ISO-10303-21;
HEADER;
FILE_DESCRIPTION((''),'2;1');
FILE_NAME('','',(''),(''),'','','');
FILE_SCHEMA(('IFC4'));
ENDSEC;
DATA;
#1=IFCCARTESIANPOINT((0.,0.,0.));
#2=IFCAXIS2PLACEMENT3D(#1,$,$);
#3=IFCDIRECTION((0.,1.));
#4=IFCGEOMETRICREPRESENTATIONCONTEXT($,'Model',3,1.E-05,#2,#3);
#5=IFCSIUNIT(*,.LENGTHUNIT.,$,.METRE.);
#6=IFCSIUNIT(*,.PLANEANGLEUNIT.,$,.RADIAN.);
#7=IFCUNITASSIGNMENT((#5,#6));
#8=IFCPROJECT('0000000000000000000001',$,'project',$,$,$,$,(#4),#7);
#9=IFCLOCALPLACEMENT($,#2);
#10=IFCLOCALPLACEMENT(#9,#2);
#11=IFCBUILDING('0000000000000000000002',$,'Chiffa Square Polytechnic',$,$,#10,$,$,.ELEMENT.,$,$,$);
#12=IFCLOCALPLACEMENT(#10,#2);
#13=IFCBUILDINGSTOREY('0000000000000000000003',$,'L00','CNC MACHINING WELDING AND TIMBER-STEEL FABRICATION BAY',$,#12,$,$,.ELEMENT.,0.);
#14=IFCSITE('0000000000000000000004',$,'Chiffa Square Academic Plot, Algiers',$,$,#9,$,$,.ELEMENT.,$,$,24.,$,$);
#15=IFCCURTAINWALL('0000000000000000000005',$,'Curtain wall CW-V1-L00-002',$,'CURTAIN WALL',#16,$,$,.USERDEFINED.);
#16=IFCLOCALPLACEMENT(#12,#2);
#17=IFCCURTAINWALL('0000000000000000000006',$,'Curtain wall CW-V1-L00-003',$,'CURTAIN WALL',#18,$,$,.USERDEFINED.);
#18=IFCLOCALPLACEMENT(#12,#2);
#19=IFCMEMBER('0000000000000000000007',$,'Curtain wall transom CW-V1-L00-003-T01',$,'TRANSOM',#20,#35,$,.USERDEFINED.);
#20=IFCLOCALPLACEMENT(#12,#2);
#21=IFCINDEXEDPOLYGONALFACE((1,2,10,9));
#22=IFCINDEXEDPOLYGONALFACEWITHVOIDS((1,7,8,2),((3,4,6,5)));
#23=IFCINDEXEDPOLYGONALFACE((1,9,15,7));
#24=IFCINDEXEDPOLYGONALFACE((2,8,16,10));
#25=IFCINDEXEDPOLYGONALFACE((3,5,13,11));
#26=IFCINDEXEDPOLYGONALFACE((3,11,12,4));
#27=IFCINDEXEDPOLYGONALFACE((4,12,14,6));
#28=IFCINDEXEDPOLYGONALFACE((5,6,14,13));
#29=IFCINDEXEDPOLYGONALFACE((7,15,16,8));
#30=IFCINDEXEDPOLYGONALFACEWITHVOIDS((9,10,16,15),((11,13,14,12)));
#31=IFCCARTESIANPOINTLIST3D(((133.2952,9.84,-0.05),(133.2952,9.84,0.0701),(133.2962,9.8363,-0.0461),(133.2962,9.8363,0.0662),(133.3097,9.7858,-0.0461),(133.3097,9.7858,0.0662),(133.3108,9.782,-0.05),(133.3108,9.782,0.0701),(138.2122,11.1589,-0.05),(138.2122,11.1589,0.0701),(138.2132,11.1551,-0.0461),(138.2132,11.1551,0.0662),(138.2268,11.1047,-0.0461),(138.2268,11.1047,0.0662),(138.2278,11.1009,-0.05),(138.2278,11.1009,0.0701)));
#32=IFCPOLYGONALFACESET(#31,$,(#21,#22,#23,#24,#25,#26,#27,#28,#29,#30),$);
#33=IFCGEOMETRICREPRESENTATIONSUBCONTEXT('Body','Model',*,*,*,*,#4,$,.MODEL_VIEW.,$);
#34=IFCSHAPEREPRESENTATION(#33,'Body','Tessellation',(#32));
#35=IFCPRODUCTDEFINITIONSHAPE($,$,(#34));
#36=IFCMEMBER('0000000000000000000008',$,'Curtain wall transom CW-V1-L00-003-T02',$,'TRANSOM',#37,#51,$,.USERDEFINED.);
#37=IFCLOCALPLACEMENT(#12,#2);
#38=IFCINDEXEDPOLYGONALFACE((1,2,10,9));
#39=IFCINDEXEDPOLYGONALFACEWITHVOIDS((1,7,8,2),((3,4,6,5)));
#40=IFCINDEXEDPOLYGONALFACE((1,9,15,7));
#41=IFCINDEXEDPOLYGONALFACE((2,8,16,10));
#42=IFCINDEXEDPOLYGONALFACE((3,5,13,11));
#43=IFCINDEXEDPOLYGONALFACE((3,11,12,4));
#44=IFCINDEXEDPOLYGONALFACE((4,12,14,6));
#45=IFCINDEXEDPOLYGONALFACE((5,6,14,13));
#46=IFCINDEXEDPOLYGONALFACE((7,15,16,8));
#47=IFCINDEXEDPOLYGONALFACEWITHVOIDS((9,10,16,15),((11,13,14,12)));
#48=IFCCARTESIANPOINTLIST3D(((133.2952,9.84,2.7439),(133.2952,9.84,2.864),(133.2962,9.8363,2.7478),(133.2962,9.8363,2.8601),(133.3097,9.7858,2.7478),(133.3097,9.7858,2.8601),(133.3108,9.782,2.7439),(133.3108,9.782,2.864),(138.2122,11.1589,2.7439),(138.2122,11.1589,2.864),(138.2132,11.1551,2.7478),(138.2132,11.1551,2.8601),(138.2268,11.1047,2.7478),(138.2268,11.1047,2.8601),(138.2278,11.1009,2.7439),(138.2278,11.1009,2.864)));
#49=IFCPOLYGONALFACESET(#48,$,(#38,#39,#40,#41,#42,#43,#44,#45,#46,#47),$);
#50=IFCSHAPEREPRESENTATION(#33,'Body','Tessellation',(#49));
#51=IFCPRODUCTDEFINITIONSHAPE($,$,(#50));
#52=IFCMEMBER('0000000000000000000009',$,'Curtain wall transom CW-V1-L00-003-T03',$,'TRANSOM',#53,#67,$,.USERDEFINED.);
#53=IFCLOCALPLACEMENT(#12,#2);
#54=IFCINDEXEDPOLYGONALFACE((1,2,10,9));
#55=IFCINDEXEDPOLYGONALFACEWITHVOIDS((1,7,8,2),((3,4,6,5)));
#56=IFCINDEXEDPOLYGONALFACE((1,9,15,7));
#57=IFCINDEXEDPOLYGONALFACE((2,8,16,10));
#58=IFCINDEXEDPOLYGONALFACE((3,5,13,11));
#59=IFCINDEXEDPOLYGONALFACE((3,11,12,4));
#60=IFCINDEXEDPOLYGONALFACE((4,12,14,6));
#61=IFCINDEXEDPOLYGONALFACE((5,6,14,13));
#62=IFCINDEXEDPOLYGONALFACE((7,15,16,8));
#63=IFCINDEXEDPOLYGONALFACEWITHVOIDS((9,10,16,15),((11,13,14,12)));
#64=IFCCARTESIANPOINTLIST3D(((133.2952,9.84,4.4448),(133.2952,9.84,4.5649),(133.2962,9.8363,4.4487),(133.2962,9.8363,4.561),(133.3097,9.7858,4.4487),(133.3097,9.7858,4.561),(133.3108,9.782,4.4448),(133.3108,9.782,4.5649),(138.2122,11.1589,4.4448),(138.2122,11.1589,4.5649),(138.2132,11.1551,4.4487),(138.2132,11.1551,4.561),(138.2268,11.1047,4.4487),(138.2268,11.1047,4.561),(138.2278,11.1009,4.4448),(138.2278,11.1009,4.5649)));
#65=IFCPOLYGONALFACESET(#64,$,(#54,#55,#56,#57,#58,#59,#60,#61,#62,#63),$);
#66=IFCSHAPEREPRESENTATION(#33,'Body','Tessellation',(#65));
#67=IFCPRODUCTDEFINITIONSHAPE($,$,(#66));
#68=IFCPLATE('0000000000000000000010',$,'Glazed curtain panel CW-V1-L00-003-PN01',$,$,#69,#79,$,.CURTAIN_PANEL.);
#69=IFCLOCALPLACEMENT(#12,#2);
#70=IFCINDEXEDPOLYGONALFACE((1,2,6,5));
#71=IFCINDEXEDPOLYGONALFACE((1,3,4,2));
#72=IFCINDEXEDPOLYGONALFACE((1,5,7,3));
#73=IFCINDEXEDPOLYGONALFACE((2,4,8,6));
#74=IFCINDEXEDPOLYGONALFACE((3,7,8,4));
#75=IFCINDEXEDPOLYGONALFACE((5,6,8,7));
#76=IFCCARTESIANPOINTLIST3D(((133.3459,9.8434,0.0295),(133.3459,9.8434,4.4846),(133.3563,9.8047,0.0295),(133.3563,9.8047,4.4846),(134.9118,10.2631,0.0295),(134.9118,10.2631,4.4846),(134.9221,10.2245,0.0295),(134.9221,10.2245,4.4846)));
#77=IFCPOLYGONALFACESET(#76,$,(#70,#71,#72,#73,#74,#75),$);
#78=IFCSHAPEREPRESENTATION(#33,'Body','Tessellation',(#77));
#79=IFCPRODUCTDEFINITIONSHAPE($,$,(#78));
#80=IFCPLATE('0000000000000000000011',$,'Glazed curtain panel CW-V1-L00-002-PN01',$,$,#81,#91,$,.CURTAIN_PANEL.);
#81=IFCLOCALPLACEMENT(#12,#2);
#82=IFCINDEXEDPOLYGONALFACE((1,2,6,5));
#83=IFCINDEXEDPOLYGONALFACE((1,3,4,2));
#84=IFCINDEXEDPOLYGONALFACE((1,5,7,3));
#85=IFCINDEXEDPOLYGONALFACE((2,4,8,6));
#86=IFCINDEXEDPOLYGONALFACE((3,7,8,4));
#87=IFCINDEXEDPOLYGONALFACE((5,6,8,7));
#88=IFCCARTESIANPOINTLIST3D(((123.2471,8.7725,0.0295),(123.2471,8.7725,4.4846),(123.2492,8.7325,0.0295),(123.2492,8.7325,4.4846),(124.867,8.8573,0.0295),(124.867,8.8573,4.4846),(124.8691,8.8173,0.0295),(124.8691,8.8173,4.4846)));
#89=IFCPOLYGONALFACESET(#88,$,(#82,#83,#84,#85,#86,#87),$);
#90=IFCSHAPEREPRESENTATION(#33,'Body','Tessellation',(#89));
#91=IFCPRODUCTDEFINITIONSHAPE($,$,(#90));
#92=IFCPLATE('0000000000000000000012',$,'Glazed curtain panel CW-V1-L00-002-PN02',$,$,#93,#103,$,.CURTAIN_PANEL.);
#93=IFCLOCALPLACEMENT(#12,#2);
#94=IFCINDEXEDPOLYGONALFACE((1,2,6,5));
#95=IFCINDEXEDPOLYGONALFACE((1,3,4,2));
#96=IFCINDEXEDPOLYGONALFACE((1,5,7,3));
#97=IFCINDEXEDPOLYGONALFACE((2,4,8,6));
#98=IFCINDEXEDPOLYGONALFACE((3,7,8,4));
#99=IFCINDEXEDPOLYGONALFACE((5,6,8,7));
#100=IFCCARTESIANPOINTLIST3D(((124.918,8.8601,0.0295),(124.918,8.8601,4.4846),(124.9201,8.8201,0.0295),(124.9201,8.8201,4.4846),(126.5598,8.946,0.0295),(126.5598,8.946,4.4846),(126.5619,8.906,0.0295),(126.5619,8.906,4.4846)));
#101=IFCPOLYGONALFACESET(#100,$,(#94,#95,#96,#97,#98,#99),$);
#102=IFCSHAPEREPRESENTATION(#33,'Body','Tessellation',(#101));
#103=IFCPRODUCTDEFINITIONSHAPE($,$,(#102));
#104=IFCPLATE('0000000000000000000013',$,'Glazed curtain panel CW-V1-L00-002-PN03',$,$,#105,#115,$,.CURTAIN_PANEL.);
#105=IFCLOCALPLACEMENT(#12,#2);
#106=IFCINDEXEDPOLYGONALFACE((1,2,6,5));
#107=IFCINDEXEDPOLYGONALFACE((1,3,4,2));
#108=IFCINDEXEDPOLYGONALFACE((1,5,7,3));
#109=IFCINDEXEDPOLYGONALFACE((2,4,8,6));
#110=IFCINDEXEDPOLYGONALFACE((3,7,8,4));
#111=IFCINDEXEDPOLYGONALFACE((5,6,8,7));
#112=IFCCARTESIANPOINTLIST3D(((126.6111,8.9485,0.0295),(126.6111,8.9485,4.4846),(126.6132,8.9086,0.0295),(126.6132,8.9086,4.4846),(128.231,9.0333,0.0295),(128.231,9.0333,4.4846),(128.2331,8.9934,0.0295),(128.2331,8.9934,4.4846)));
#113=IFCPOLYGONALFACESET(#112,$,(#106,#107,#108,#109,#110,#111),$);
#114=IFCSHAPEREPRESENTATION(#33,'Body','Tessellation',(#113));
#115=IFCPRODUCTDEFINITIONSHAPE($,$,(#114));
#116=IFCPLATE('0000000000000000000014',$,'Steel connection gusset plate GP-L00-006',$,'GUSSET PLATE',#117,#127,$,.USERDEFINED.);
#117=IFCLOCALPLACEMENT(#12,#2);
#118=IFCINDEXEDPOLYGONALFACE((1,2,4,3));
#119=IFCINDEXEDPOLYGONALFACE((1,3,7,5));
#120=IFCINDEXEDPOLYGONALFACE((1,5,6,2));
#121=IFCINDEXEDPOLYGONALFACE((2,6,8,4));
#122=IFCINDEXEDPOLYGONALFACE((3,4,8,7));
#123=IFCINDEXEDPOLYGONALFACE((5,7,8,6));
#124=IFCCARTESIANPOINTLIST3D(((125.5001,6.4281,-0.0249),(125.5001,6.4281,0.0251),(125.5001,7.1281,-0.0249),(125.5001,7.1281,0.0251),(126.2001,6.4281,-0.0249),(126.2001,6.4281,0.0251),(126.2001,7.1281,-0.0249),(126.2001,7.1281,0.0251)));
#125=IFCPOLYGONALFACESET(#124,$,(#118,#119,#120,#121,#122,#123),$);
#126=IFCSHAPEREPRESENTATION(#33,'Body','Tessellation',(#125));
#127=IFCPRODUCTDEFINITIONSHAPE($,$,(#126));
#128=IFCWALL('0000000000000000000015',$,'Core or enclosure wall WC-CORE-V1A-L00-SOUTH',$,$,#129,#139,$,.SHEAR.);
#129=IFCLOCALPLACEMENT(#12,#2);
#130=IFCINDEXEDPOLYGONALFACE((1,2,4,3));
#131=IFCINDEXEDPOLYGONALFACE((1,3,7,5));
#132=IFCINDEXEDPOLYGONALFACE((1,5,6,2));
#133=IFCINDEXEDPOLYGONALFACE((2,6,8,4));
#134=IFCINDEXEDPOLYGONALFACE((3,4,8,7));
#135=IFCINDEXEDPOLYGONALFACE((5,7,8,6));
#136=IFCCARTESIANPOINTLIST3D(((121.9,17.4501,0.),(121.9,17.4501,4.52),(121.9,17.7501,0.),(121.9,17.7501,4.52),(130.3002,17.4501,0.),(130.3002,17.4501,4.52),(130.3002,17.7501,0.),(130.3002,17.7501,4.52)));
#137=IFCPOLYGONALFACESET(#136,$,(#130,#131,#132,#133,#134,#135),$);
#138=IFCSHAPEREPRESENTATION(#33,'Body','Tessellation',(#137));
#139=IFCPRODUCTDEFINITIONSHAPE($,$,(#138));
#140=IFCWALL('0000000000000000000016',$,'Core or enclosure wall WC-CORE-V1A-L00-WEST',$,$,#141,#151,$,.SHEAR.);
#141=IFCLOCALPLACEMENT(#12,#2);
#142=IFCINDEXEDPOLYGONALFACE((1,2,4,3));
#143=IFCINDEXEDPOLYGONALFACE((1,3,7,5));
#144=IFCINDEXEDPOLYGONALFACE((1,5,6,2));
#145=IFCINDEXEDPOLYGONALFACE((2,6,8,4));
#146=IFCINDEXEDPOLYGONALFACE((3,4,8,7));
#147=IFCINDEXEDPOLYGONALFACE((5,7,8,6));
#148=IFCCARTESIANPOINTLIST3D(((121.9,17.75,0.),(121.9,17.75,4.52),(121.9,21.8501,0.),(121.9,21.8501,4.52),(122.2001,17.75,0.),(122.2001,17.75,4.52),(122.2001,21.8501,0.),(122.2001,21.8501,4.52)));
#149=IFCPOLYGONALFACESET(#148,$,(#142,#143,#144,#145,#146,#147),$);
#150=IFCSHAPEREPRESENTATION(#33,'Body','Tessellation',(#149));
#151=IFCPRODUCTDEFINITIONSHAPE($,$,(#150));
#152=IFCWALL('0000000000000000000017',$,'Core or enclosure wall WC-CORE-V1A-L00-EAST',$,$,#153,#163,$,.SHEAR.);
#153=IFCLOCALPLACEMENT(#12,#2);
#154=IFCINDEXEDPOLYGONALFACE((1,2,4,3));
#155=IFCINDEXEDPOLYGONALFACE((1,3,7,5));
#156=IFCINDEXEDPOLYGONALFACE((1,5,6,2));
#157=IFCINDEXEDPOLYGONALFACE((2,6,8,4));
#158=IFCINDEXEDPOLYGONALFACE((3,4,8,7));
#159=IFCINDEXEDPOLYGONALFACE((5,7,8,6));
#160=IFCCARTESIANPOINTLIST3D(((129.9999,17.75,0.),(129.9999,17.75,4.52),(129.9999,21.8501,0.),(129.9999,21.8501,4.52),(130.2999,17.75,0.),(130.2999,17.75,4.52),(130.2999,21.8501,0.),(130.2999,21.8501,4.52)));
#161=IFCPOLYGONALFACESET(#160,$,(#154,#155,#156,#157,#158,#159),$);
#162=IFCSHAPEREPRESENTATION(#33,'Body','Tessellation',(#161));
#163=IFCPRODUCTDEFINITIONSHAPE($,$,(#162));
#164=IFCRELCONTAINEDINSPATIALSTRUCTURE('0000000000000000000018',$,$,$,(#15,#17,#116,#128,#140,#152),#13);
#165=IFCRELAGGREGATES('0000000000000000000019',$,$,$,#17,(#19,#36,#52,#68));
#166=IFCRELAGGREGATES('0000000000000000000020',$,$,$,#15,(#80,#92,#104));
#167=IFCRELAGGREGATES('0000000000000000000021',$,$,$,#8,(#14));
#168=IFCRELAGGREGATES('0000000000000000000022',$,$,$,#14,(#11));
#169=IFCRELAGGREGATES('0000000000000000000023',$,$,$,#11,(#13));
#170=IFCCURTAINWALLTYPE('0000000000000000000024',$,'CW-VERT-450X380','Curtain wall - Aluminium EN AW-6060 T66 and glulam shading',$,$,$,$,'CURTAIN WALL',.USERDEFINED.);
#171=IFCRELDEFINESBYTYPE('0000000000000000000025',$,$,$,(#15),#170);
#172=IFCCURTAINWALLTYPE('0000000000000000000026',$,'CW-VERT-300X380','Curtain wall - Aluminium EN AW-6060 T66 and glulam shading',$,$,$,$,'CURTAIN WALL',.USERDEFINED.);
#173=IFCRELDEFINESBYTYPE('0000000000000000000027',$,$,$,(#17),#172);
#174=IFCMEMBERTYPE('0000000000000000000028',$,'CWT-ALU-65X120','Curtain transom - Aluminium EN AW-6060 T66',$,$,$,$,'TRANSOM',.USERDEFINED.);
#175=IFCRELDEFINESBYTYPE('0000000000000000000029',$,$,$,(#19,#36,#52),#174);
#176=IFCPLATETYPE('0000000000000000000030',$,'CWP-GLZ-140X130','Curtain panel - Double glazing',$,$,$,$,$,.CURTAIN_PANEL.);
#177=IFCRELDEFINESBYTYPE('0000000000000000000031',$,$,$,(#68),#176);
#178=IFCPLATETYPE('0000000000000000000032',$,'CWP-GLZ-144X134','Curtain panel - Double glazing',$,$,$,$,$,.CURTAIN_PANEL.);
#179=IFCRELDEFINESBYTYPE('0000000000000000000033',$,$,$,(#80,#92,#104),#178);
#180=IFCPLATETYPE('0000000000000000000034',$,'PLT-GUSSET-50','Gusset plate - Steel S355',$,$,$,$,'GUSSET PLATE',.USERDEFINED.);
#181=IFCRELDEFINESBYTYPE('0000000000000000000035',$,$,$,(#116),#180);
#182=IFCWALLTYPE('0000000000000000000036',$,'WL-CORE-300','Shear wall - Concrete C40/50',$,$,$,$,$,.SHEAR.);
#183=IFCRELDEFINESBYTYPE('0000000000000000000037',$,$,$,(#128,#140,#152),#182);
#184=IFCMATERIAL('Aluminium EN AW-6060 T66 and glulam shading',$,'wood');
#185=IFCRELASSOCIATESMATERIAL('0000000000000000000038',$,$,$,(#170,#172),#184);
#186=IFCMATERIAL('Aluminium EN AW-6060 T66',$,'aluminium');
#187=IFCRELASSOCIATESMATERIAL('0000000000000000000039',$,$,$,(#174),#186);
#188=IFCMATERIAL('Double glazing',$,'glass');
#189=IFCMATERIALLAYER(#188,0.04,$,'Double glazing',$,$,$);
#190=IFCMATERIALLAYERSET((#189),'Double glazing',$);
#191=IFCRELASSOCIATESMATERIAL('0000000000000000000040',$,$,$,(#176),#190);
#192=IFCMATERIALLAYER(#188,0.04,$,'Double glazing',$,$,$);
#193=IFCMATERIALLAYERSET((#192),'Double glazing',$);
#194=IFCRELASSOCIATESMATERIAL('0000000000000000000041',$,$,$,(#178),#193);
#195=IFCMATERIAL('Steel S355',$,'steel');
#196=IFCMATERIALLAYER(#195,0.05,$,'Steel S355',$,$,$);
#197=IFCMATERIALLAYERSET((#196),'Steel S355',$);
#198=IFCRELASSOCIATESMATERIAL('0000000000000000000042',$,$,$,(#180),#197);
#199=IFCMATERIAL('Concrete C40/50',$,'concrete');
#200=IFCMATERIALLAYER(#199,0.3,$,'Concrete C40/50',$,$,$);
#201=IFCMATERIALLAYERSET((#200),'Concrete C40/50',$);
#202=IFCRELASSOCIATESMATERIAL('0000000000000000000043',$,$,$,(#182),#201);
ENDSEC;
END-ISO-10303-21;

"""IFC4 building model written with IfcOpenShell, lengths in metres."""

from ifc_helpers import new_model, si_unit, direction, frame, frame_2d, origin, origin_2d, place, context, subcontext, project, spatial, rectangle, hollow_rectangle, extrude, material, layer, layer_set, material_profile, profile_set, type_object, element, aggregate, save


model = new_model("IFC4")

# Units and contexts
model_context = context("Model", 3, precision=1e-05, world=origin(), true_north=direction((0.0, 1.0)))
body_context = subcontext(model_context, "Body", "Model", "MODEL_VIEW")
ifc_project = project(units=[si_unit("LENGTHUNIT", "METRE"), si_unit("PLANEANGLEUNIT", "RADIAN")], contexts=[model_context])

# Site, building, storey
site_placement = place(None, origin())
site = spatial("IfcSite", under=ifc_project, at=site_placement, Name="Chiffa Square Academic Plot, Algiers", CompositionType="ELEMENT", RefElevation=24.0)
building_placement = place(site_placement, origin())
building = spatial("IfcBuilding", under=site, at=building_placement, Name="Chiffa Square Polytechnic", CompositionType="ELEMENT")
storey_placement = place(building_placement, origin())
storey = spatial("IfcBuildingStorey", under=building, at=storey_placement, Name="L00", Description="CNC MACHINING WELDING AND TIMBER-STEEL FABRICATION BAY", CompositionType="ELEMENT", Elevation=0.0)

# Shared definitions
ifc_material_1 = material(Name="Concrete C40/50", Category="concrete")

# Shared definitions
ifc_material_2 = material(Name="Steel S355", Category="steel")

# Curtain walls
ifc_material_3 = material(Name="Aluminium EN AW-6060 T66 and glulam shading", Category="wood")
curtain_wall_type_1 = type_object("IfcCurtainWallType", Name="CW-VERT-450X380", Description="Curtain wall - Aluminium EN AW-6060 T66 and glulam shading", ElementType="CURTAIN WALL", PredefinedType="USERDEFINED", material=ifc_material_3)
curtain_wall_1_placement = place(storey_placement, origin())
curtain_wall_1 = element("IfcCurtainWall", 1, at=curtain_wall_1_placement, inside=storey, type_object=curtain_wall_type_1, Name="Curtain wall CW-V1-L00-002", ObjectType="CURTAIN WALL", PredefinedType="USERDEFINED")
ifc_material_4 = material(Name="Aluminium EN AW-6060 T66", Category="aluminium")
curtain_wall_type_2 = type_object("IfcCurtainWallType", Name="CW-VERT-300X380", Description="Curtain wall - Aluminium EN AW-6060 T66 and glulam shading", ElementType="CURTAIN WALL", PredefinedType="USERDEFINED", material=ifc_material_3)
curtain_wall_2_placement = place(storey_placement, origin())
curtain_wall_2 = element("IfcCurtainWall", 2, at=curtain_wall_2_placement, inside=storey, type_object=curtain_wall_type_2, Name="Curtain wall CW-V1-L00-003", ObjectType="CURTAIN WALL", PredefinedType="USERDEFINED")

# Members
ifc_material_profile_1 = material_profile(ifc_material_4, hollow_rectangle(XDim=0.0601, YDim=0.1201, WallThickness=0.0039, at=origin_2d()), Name="ALU 60x120x4")
ifc_profile_set_1 = profile_set([ifc_material_profile_1], Name="Aluminium EN AW-6060 T66")
member_type_1 = type_object("IfcMemberType", Name="CWT-ALU-65X120", Description="Curtain transom - Aluminium EN AW-6060 T66", ElementType="TRANSOM", PredefinedType="USERDEFINED", material=ifc_profile_set_1)
member_1_placement = place(storey_placement, frame((133.303, 9.811, 0.01), z_axis=(0.96586, 0.259065, 0.0), x_axis=(-0.259065, 0.96586, 0.0)))
member_1 = element("IfcMember", 3, at=member_1_placement, type_object=member_type_1, Name="Curtain wall transom CW-V1-L00-003-T01", ObjectType="TRANSOM", PredefinedType="USERDEFINED", context=body_context, shape_type="SweptSolid", body=[
    extrude(hollow_rectangle(XDim=0.0601, YDim=0.1201, WallThickness=0.0039, at=origin_2d()), origin(), (0.0, 0.0, 1.0), 5.0908),
])
member_2_placement = place(storey_placement, frame((133.303, 9.811, 2.804), z_axis=(0.96586, 0.259065, 0.0), x_axis=(-0.259065, 0.96586, 0.0)))
member_2 = element("IfcMember", 4, at=member_2_placement, type_object=member_type_1, Name="Curtain wall transom CW-V1-L00-003-T02", ObjectType="TRANSOM", PredefinedType="USERDEFINED", context=body_context, shape_type="SweptSolid", body=[
    extrude(hollow_rectangle(XDim=0.0601, YDim=0.1201, WallThickness=0.0039, at=origin_2d()), origin(), (0.0, 0.0, 1.0), 5.0908),
])
member_3_placement = place(storey_placement, frame((133.303, 9.811, 4.5049), z_axis=(0.96586, 0.259065, 0.0), x_axis=(-0.259065, 0.96586, 0.0)))
member_3 = element("IfcMember", 5, at=member_3_placement, type_object=member_type_1, Name="Curtain wall transom CW-V1-L00-003-T03", ObjectType="TRANSOM", PredefinedType="USERDEFINED", context=body_context, shape_type="SweptSolid", body=[
    extrude(hollow_rectangle(XDim=0.0601, YDim=0.1201, WallThickness=0.0039, at=origin_2d()), origin(), (0.0, 0.0, 1.0), 5.0908),
])

# Plates
ifc_material_5 = material(Name="Double glazing", Category="glass")
ifc_layer_1 = layer(ifc_material_5, 0.04, Name="Double glazing")
ifc_layer_set_1 = layer_set([ifc_layer_1], Name="Double glazing")
plate_type_1 = type_object("IfcPlateType", Name="CWP-GLZ-140X130", Description="Curtain panel - Double glazing", PredefinedType="CURTAIN_PANEL", material=ifc_layer_set_1)
plate_1_placement = place(storey_placement, frame((134.134, 10.0339, 0.0295), z_axis=(0.0, 0.0, 1.0), x_axis=(0.965899, 0.25892, 0.0)))
plate_1 = element("IfcPlate", 6, at=plate_1_placement, type_object=plate_type_1, Name="Glazed curtain panel CW-V1-L00-003-PN01", PredefinedType="CURTAIN_PANEL", context=body_context, shape_type="SweptSolid", body=[
    extrude(rectangle(XDim=1.6211, YDim=0.04, at=origin_2d()), origin(), (0.0, 0.0, 1.0), 4.4551),
])
aggregate(curtain_wall_2, [member_1, member_2, member_3, plate_1])
ifc_layer_2 = layer(ifc_material_5, 0.04, Name="Double glazing")
ifc_layer_set_2 = layer_set([ifc_layer_2], Name="Double glazing")
plate_type_2 = type_object("IfcPlateType", Name="CWP-GLZ-144X134", Description="Curtain panel - Double glazing", PredefinedType="CURTAIN_PANEL", material=ifc_layer_set_2)
plate_2_placement = place(storey_placement, frame((124.0581, 8.7949, 0.0295), z_axis=(0.0, 0.0, 1.0), x_axis=(0.998632, 0.052284, 0.0)))
plate_2 = element("IfcPlate", 7, at=plate_2_placement, type_object=plate_type_2, Name="Glazed curtain panel CW-V1-L00-002-PN01", PredefinedType="CURTAIN_PANEL", context=body_context, shape_type="SweptSolid", body=[
    extrude(rectangle(XDim=1.6221, YDim=0.04, at=origin_2d()), origin(), (0.0, 0.0, 1.0), 4.4551),
])
plate_3_placement = place(storey_placement, frame((125.74, 8.8831, 0.0295), z_axis=(0.0, 0.0, 1.0), x_axis=(0.998632, 0.052284, 0.0)))
plate_3 = element("IfcPlate", 8, at=plate_3_placement, type_object=plate_type_2, Name="Glazed curtain panel CW-V1-L00-002-PN02", PredefinedType="CURTAIN_PANEL", context=body_context, shape_type="SweptSolid", body=[
    extrude(rectangle(XDim=1.644, YDim=0.04, at=origin_2d()), origin(), (0.0, 0.0, 1.0), 4.4551),
])
plate_4_placement = place(storey_placement, frame((127.4221, 8.9709, 0.0295), z_axis=(0.0, 0.0, 1.0), x_axis=(0.998632, 0.052284, 0.0)))
plate_4 = element("IfcPlate", 9, at=plate_4_placement, type_object=plate_type_2, Name="Glazed curtain panel CW-V1-L00-002-PN03", PredefinedType="CURTAIN_PANEL", context=body_context, shape_type="SweptSolid", body=[
    extrude(rectangle(XDim=1.6221, YDim=0.04, at=origin_2d()), origin(), (0.0, 0.0, 1.0), 4.4551),
])
aggregate(curtain_wall_1, [plate_2, plate_3, plate_4])
ifc_layer_3 = layer(ifc_material_2, 0.05, Name="Steel S355")
ifc_layer_set_3 = layer_set([ifc_layer_3], Name="Steel S355")
plate_type_3 = type_object("IfcPlateType", Name="PLT-GUSSET-50", Description="Gusset plate - Steel S355", ElementType="GUSSET PLATE", PredefinedType="USERDEFINED", material=ifc_layer_set_3)
plate_5_placement = place(storey_placement, frame((125.8501, 6.7781, -0.0249), z_axis=(0.0, 0.0, 1.0), x_axis=(1.0, 0.0, 0.0)))
element("IfcPlate", 10, at=plate_5_placement, inside=storey, type_object=plate_type_3, Name="Steel connection gusset plate GP-L00-006", ObjectType="GUSSET PLATE", PredefinedType="USERDEFINED", context=body_context, shape_type="SweptSolid", body=[
    extrude(rectangle(XDim=0.7, YDim=0.7, at=origin_2d()), origin(), (0.0, 0.0, 1.0), 0.05),
])

# Walls
ifc_layer_4 = layer(ifc_material_1, 0.3, Name="Concrete C40/50")
ifc_layer_set_4 = layer_set([ifc_layer_4], Name="Concrete C40/50")
wall_type_1 = type_object("IfcWallType", Name="WL-CORE-300", Description="Shear wall - Concrete C40/50", PredefinedType="SHEAR", material=ifc_layer_set_4)
wall_1_placement = place(storey_placement, frame((121.8999, 17.6001, 0.0), z_axis=(0.0, 0.0, 1.0), x_axis=(1.0, 0.0, 0.0)))
element("IfcWall", 11, at=wall_1_placement, inside=storey, type_object=wall_type_1, Name="Core or enclosure wall WC-CORE-V1A-L00-SOUTH", PredefinedType="SHEAR", context=body_context, shape_type="SweptSolid", body=[
    extrude(rectangle(XDim=8.4001, YDim=0.3, at=frame_2d((4.2002, 0.0))), origin(), (0.0, 0.0, 1.0), 4.52),
])
for number, where, z_axis, x_axis, name in (
    (12, (122.05, 17.75, 0.0), (0.0, 0.0, 1.0), (0.0, 1.0, 0.0), "Core or enclosure wall WC-CORE-V1A-L00-WEST"),
    (13, (130.1499, 17.75, 0.0), (0.0, 0.0, 1.0), (0.0, 1.0, 0.0), "Core or enclosure wall WC-CORE-V1A-L00-EAST"),
):
    element("IfcWall", number, at=place(storey_placement, frame(where, z_axis=z_axis, x_axis=x_axis)), inside=storey, type_object=wall_type_1, Name=name, PredefinedType="SHEAR", context=body_context, shape_type="SweptSolid", body=[
        extrude(rectangle(XDim=4.1001, YDim=0.3, at=frame_2d((2.05, 0.0))), origin(), (0.0, 0.0, 1.0), 4.52),
    ])

save(model, "model.ifc")
